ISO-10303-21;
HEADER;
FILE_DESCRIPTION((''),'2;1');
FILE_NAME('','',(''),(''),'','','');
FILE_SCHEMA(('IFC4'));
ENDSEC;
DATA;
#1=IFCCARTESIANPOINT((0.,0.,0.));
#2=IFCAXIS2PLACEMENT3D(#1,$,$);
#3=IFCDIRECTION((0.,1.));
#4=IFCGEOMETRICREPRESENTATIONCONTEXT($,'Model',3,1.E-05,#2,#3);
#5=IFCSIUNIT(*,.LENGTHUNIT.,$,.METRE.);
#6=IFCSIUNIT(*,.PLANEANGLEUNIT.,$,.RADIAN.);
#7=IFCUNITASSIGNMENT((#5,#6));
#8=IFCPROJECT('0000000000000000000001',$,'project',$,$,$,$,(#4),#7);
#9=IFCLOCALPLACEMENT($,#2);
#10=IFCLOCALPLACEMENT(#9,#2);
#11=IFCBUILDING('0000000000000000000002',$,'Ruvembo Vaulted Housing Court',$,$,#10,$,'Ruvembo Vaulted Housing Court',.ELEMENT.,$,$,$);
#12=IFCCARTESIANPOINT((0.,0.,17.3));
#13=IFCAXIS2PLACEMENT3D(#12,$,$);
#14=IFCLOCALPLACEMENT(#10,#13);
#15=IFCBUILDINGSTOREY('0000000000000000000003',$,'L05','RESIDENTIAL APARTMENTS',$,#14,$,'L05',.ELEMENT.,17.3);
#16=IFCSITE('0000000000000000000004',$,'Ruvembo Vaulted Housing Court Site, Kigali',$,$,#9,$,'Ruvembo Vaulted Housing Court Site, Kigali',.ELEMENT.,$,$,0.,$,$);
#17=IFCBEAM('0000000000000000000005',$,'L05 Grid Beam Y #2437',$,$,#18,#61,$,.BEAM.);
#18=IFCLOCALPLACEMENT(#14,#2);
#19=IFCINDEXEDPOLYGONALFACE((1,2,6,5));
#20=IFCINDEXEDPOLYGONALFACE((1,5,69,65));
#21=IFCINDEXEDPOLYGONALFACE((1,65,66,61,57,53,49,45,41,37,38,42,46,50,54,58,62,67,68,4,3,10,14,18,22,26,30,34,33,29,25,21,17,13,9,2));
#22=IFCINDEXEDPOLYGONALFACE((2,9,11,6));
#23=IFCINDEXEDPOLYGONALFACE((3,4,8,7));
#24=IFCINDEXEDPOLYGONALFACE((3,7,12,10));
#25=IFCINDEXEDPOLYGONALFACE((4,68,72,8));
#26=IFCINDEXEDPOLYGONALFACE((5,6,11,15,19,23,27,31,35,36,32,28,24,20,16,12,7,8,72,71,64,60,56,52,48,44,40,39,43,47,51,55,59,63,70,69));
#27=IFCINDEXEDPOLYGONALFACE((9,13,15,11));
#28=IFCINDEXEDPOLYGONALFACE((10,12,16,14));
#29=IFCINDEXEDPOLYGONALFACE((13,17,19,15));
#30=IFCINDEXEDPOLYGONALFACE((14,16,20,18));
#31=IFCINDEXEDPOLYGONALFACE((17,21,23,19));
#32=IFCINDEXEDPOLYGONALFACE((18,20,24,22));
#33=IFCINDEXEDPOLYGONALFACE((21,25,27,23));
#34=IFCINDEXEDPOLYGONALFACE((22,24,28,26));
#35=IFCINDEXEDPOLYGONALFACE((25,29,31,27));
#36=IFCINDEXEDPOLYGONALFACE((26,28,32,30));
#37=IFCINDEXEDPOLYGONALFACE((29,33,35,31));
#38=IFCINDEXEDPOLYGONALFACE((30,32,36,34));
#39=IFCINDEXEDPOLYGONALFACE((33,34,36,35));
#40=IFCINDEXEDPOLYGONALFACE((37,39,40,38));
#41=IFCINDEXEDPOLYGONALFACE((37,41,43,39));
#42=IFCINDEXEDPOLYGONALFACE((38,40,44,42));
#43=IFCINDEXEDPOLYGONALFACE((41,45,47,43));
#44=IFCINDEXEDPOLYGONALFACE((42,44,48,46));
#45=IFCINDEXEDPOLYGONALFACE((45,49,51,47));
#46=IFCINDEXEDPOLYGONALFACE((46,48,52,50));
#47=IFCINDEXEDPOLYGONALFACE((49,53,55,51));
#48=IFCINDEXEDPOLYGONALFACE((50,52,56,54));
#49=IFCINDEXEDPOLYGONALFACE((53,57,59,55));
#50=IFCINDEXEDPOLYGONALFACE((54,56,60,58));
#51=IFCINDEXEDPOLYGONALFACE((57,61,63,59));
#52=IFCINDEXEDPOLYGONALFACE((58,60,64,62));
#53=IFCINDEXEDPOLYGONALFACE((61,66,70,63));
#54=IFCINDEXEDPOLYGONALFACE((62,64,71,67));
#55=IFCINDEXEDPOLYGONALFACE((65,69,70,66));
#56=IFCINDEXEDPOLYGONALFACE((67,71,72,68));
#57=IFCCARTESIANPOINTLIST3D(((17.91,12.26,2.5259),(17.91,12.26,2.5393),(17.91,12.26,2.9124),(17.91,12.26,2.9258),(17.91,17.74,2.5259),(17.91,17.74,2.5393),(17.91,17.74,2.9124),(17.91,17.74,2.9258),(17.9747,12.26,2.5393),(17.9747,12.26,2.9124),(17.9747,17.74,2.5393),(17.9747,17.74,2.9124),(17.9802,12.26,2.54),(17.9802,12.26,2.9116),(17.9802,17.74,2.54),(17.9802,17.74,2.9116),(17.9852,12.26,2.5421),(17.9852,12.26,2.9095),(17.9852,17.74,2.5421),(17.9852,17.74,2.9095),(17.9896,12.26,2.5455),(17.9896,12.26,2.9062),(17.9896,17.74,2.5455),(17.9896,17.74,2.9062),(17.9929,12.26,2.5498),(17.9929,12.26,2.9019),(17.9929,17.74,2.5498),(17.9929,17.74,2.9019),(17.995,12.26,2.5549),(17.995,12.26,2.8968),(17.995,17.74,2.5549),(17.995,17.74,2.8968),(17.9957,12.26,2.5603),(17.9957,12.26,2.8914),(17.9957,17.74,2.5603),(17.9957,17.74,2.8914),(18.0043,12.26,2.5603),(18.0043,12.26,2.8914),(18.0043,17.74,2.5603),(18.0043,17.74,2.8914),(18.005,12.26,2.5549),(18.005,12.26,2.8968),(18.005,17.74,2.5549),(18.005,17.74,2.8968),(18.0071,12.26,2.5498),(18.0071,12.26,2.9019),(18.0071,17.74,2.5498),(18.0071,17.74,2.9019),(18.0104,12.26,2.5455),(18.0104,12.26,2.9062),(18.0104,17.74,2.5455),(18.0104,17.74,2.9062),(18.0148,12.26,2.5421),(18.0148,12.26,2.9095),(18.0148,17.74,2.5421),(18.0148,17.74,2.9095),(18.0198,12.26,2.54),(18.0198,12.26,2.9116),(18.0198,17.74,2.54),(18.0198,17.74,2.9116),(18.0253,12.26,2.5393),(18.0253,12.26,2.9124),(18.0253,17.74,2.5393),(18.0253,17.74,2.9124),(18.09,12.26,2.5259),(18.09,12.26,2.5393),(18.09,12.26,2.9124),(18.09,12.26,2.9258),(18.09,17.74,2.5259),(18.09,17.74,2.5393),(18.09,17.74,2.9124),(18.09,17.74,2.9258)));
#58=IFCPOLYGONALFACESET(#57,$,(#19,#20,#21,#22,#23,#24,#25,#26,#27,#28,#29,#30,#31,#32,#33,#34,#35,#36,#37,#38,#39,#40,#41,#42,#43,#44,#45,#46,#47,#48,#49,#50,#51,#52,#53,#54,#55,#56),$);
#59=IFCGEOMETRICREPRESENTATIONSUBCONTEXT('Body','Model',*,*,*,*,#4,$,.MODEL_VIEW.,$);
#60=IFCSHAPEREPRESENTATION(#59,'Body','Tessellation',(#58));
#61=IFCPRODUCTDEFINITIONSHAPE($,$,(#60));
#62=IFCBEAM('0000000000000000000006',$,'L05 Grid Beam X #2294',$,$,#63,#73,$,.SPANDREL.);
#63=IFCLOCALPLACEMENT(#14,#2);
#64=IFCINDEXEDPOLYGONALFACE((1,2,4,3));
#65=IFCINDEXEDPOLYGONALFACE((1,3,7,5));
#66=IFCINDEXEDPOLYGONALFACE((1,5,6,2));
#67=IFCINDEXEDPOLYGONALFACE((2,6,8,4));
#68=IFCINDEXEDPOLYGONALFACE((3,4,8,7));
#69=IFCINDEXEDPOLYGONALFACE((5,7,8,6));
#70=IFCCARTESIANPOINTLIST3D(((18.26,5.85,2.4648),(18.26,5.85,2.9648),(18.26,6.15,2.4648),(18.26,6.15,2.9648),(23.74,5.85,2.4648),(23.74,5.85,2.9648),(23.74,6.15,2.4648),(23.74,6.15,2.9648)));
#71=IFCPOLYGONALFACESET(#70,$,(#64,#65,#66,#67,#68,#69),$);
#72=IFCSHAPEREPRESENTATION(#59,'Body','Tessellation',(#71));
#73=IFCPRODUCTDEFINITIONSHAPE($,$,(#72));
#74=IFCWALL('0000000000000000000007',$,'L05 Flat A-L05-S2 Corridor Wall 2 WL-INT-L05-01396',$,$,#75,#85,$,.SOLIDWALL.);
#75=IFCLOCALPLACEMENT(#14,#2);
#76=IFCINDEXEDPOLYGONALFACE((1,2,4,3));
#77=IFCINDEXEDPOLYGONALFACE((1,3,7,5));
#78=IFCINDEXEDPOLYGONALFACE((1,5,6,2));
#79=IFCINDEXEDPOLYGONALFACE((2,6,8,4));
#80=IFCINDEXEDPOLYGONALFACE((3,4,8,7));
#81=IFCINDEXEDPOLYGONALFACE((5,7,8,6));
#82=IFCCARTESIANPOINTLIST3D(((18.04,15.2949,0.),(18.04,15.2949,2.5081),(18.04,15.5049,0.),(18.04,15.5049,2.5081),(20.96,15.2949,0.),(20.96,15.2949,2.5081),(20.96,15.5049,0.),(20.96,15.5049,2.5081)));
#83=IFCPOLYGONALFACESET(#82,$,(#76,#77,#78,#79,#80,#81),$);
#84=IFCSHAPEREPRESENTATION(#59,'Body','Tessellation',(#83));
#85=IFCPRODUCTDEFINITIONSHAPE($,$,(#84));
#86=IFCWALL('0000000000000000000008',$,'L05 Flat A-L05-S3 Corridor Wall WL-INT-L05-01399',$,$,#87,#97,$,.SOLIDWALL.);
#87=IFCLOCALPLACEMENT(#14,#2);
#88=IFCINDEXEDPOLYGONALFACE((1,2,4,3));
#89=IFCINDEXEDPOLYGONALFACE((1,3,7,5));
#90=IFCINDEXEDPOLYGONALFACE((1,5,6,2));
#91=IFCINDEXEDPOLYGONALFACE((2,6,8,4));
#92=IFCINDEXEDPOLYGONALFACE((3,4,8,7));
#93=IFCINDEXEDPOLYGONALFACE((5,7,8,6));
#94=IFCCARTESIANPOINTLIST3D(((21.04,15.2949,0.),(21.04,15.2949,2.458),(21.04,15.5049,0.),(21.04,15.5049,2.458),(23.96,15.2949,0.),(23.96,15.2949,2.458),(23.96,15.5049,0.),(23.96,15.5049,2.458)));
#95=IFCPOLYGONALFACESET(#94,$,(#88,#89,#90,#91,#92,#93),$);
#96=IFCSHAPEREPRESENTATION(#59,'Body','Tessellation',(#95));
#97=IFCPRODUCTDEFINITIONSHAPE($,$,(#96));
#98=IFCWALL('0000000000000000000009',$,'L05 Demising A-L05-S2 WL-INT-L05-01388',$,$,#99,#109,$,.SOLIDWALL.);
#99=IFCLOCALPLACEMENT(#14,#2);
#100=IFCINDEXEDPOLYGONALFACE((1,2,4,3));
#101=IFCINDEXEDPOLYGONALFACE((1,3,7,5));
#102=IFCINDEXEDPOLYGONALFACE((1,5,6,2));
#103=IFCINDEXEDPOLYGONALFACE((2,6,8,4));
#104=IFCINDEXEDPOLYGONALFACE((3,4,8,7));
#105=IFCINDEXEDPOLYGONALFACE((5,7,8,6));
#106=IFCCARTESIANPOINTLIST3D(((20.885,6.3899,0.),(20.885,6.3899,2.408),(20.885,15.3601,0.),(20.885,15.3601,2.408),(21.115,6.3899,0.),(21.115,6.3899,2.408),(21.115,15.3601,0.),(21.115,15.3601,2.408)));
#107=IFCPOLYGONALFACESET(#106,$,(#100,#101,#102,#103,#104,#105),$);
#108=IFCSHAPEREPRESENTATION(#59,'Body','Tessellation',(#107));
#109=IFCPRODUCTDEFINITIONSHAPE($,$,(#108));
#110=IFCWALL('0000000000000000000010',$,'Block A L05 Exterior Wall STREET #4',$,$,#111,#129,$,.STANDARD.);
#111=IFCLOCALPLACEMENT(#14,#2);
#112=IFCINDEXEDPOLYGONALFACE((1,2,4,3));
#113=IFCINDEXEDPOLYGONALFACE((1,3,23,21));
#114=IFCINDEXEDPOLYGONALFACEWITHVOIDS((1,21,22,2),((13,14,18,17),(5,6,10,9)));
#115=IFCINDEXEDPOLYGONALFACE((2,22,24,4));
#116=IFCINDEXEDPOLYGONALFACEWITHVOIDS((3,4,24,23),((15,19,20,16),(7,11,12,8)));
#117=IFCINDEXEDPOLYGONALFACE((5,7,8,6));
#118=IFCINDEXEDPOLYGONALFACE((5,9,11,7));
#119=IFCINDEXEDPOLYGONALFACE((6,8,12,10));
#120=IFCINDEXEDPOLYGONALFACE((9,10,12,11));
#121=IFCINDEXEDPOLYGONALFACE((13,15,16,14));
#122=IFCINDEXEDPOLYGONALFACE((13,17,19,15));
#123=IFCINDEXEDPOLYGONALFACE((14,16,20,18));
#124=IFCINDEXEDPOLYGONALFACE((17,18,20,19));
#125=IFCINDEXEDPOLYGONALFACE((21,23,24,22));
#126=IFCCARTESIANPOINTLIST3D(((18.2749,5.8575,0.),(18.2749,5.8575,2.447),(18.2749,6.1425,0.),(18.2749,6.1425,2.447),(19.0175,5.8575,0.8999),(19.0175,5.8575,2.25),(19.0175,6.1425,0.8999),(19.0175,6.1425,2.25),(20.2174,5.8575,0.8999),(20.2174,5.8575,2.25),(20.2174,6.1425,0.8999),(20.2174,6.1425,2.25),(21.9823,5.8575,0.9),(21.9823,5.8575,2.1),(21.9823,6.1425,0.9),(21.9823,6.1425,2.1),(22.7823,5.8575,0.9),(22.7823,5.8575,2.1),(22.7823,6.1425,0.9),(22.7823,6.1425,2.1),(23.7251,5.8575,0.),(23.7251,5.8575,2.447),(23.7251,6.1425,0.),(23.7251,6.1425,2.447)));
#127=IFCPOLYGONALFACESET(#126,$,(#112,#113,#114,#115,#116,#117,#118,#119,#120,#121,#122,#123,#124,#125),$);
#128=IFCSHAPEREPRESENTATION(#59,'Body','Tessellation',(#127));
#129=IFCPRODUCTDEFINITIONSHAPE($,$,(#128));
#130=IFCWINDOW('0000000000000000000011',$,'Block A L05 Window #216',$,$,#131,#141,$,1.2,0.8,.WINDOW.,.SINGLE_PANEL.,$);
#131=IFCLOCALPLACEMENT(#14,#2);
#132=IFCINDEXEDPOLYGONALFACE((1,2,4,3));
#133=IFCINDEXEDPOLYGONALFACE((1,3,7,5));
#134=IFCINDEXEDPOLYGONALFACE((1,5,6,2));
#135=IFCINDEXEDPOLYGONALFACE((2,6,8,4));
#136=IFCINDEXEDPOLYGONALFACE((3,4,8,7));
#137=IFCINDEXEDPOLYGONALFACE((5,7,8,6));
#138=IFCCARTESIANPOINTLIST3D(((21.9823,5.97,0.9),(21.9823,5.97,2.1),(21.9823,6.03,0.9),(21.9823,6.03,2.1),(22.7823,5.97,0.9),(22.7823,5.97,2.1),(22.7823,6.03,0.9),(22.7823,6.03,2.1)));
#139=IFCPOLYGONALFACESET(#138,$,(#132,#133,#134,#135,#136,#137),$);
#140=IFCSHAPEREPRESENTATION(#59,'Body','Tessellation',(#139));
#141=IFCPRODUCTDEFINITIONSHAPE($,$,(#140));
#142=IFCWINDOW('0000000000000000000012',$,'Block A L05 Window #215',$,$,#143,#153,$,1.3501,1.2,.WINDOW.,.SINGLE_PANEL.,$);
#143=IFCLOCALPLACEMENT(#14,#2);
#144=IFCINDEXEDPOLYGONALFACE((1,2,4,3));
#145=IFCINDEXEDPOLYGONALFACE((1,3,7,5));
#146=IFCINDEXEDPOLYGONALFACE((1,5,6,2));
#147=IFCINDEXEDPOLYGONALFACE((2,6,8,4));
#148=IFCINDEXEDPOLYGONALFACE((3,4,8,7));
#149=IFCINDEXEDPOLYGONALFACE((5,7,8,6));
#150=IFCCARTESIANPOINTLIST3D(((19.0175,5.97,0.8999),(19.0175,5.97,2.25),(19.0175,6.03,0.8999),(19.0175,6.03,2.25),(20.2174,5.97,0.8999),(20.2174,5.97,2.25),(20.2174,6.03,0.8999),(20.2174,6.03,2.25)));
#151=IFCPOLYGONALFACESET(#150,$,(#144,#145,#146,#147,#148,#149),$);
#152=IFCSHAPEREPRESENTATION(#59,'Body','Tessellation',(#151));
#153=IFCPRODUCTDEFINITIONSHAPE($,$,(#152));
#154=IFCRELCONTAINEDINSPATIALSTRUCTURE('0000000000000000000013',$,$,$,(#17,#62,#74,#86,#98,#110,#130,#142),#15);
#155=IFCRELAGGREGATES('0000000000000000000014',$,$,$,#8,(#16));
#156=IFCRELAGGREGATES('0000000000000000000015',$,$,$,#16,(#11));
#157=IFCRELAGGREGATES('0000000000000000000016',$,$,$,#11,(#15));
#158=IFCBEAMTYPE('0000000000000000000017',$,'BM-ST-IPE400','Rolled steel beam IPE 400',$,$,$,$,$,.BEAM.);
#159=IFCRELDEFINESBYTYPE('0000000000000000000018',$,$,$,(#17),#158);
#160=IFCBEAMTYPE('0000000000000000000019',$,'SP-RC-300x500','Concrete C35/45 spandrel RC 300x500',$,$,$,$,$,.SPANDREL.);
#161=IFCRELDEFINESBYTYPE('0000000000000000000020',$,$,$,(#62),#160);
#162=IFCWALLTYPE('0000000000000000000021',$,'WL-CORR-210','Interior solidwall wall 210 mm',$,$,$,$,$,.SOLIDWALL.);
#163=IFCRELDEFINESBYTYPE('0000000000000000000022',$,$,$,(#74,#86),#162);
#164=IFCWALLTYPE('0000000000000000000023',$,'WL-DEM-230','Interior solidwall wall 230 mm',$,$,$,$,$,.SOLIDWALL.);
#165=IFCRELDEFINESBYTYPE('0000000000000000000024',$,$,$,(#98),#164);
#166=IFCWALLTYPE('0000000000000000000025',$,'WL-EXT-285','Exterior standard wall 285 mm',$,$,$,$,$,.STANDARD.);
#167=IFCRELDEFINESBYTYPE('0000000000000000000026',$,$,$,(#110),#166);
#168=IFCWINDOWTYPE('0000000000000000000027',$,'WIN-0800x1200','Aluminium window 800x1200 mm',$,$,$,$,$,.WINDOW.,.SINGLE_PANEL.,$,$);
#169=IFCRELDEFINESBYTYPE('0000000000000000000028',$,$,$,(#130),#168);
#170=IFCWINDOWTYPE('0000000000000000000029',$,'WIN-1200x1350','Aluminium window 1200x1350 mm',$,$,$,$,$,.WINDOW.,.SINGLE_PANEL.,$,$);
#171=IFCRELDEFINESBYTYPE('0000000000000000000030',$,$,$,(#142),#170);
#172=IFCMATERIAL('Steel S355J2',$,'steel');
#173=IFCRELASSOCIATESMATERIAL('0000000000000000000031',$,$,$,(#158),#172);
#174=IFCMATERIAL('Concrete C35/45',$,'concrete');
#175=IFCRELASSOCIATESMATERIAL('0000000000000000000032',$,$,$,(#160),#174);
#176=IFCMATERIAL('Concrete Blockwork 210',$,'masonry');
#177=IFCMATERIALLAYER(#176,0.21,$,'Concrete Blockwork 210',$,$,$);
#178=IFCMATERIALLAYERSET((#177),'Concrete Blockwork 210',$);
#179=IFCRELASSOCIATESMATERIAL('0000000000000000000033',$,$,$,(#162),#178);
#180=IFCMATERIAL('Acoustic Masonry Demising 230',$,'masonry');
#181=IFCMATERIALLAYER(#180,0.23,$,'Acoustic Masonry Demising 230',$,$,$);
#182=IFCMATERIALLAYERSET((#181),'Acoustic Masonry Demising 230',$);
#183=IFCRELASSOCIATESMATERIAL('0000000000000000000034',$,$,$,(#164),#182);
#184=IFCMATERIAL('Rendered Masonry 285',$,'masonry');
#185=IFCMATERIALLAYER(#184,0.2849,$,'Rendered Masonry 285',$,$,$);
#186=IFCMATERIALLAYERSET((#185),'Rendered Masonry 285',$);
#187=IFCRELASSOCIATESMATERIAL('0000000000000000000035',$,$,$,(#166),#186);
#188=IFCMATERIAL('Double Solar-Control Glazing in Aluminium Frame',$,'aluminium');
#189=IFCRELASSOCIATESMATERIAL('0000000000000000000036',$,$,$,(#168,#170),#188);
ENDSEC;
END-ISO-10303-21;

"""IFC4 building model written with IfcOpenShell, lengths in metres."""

from ifc_helpers import new_model, si_unit, direction, frame, frame_2d, origin, origin_2d, place, context, subcontext, project, spatial, rectangle, i_section, extrude, material, layer, layer_set, material_profile, profile_set, type_object, element, fill, save


model = new_model("IFC4")

# Units and contexts
model_context = context("Model", 3, precision=1e-05, world=origin(), true_north=direction((0.0, 1.0)))
body_context = subcontext(model_context, "Body", "Model", "MODEL_VIEW")
ifc_project = project(units=[si_unit("LENGTHUNIT", "METRE"), si_unit("PLANEANGLEUNIT", "RADIAN")], contexts=[model_context])

# Site, building, storey
site_placement = place(None, origin())
site = spatial("IfcSite", under=ifc_project, at=site_placement, Name="Ruvembo Vaulted Housing Court Site, Kigali", LongName="Ruvembo Vaulted Housing Court Site, Kigali", CompositionType="ELEMENT", RefElevation=0.0)
building_placement = place(site_placement, origin())
building = spatial("IfcBuilding", under=site, at=building_placement, Name="Ruvembo Vaulted Housing Court", LongName="Ruvembo Vaulted Housing Court", CompositionType="ELEMENT")
storey_placement = place(building_placement, frame((0.0, 0.0, 17.3)))
storey = spatial("IfcBuildingStorey", under=building, at=storey_placement, Name="L05", Description="RESIDENTIAL APARTMENTS", LongName="L05", CompositionType="ELEMENT", Elevation=17.3)

# Shared definitions
ifc_material_1 = material(Name="Concrete C35/45", Category="concrete")

# Beams
ifc_material_2 = material(Name="Steel S355J2", Category="steel")
ifc_material_profile_1 = material_profile(ifc_material_2, i_section(OverallWidth=0.1799, OverallDepth=0.3999, WebThickness=0.0085, FlangeThickness=0.0134, FilletRadius=0.021, at=origin_2d()), Name="IPE 400")
ifc_profile_set_1 = profile_set([ifc_material_profile_1], Name="Steel S355J2")
beam_type_1 = type_object("IfcBeamType", Name="BM-ST-IPE400", Description="Rolled steel beam IPE 400", PredefinedType="BEAM", material=ifc_profile_set_1)
beam_1_placement = place(storey_placement, frame((18.0, 12.26, 2.7258), z_axis=(0.0, 1.0, 0.0), x_axis=(-1.0, 0.0, 0.0)))
element("IfcBeam", 1, at=beam_1_placement, inside=storey, type_object=beam_type_1, Name="L05 Grid Beam Y #2437", PredefinedType="BEAM", context=body_context, shape_type="SweptSolid", body=[
    extrude(i_section(OverallWidth=0.1799, OverallDepth=0.3999, WebThickness=0.0085, FlangeThickness=0.0134, FilletRadius=0.021, at=origin_2d()), origin(), (0.0, 0.0, 1.0), 5.48),
])
ifc_material_profile_2 = material_profile(ifc_material_1, rectangle(XDim=0.3, YDim=0.5, at=origin_2d()), Name="RC 300x500")
ifc_profile_set_2 = profile_set([ifc_material_profile_2], Name="Concrete C35/45")
beam_type_2 = type_object("IfcBeamType", Name="SP-RC-300x500", Description="Concrete C35/45 spandrel RC 300x500", PredefinedType="SPANDREL", material=ifc_profile_set_2)
beam_2_placement = place(storey_placement, frame((18.26, 6.0, 2.7148), z_axis=(1.0, 0.0, 0.0), x_axis=(0.0, 1.0, 0.0)))
element("IfcBeam", 2, at=beam_2_placement, inside=storey, type_object=beam_type_2, Name="L05 Grid Beam X #2294", PredefinedType="SPANDREL", context=body_context, shape_type="SweptSolid", body=[
    extrude(rectangle(XDim=0.3, YDim=0.5, at=origin_2d()), origin(), (0.0, 0.0, 1.0), 5.48),
])

# Shared definitions
ifc_material_3 = material(Name="Concrete Blockwork 210", Category="masonry")
ifc_layer_1 = layer(ifc_material_3, 0.21, Name="Concrete Blockwork 210")
ifc_layer_set_1 = layer_set([ifc_layer_1], Name="Concrete Blockwork 210")
wall_type_1 = type_object("IfcWallType", Name="WL-CORR-210", Description="Interior solidwall wall 210 mm", PredefinedType="SOLIDWALL", material=ifc_layer_set_1)

# Walls
wall_1_placement = place(storey_placement, frame((18.04, 15.3999, 0.0), z_axis=(0.0, 0.0, 1.0), x_axis=(1.0, 0.0, 0.0)))
element("IfcWall", 3, at=wall_1_placement, inside=storey, type_object=wall_type_1, Name="L05 Flat A-L05-S2 Corridor Wall 2 WL-INT-L05-01396", PredefinedType="SOLIDWALL", context=body_context, shape_type="SweptSolid", body=[
    extrude(rectangle(XDim=2.9199, YDim=0.21, at=frame_2d((1.46, 0.0))), origin(), (0.0, 0.0, 1.0), 2.5081),
])
wall_2_placement = place(storey_placement, frame((21.04, 15.3999, 0.0), z_axis=(0.0, 0.0, 1.0), x_axis=(1.0, 0.0, 0.0)))
element("IfcWall", 4, at=wall_2_placement, inside=storey, type_object=wall_type_1, Name="L05 Flat A-L05-S3 Corridor Wall WL-INT-L05-01399", PredefinedType="SOLIDWALL", context=body_context, shape_type="SweptSolid", body=[
    extrude(rectangle(XDim=2.9199, YDim=0.21, at=frame_2d((1.46, 0.0))), origin(), (0.0, 0.0, 1.0), 2.458),
])
ifc_material_4 = material(Name="Acoustic Masonry Demising 230", Category="masonry")
ifc_layer_2 = layer(ifc_material_4, 0.23, Name="Acoustic Masonry Demising 230")
ifc_layer_set_2 = layer_set([ifc_layer_2], Name="Acoustic Masonry Demising 230")
wall_type_2 = type_object("IfcWallType", Name="WL-DEM-230", Description="Interior solidwall wall 230 mm", PredefinedType="SOLIDWALL", material=ifc_layer_set_2)
wall_3_placement = place(storey_placement, frame((21.0, 6.3899, 0.0), z_axis=(0.0, 0.0, 1.0), x_axis=(0.0, 1.0, 0.0)))
element("IfcWall", 5, at=wall_3_placement, inside=storey, type_object=wall_type_2, Name="L05 Demising A-L05-S2 WL-INT-L05-01388", PredefinedType="SOLIDWALL", context=body_context, shape_type="SweptSolid", body=[
    extrude(rectangle(XDim=8.9702, YDim=0.23, at=frame_2d((4.4851, 0.0))), origin(), (0.0, 0.0, 1.0), 2.408),
])

# Wall, openings, windows
ifc_material_5 = material(Name="Rendered Masonry 285", Category="masonry")
ifc_layer_3 = layer(ifc_material_5, 0.2849, Name="Rendered Masonry 285")
ifc_layer_set_3 = layer_set([ifc_layer_3], Name="Rendered Masonry 285")
wall_type_3 = type_object("IfcWallType", Name="WL-EXT-285", Description="Exterior standard wall 285 mm", PredefinedType="STANDARD", material=ifc_layer_set_3)
wall_4_placement = place(storey_placement, frame((18.2749, 6.0, 0.0), z_axis=(0.0, 0.0, 1.0), x_axis=(1.0, 0.0, 0.0)))
wall_4 = element("IfcWall", 6, at=wall_4_placement, inside=storey, type_object=wall_type_3, Name="Block A L05 Exterior Wall STREET #4", PredefinedType="STANDARD", context=body_context, shape_type="SweptSolid", body=[
    extrude(rectangle(XDim=5.4502, YDim=0.2849, at=frame_2d((2.7251, 0.0))), origin(), (0.0, 0.0, 1.0), 2.447),
])
opening_1_placement = place(wall_4_placement, frame((0.7424, 0.0, 0.8999)))
opening_1 = element("IfcOpeningElement", 7, at=opening_1_placement, cuts=wall_4, PredefinedType="OPENING", context=body_context, shape_type="SweptSolid", body=[
    extrude(rectangle(XDim=1.2, YDim=1.3501, at=frame_2d((0.6001, 0.675))), frame((0.0, 0.1523, 0.0), z_axis=(0.0, -1.0, 0.0), x_axis=(1.0, 0.0, 0.0)), (0.0, 0.0, 1.0), 0.3049),
])
opening_2_placement = place(wall_4_placement, frame((3.7075, 0.0, 0.8999)))
opening_2 = element("IfcOpeningElement", 8, at=opening_2_placement, cuts=wall_4, PredefinedType="OPENING", context=body_context, shape_type="SweptSolid", body=[
    extrude(rectangle(XDim=0.8, YDim=1.2, at=frame_2d((0.3999, 0.6001))), frame((0.0, 0.1523, 0.0), z_axis=(0.0, -1.0, 0.0), x_axis=(1.0, 0.0, 0.0)), (0.0, 0.0, 1.0), 0.3049),
])
ifc_material_6 = material(Name="Double Solar-Control Glazing in Aluminium Frame", Category="aluminium")
window_type_1 = type_object("IfcWindowType", Name="WIN-0800x1200", Description="Aluminium window 800x1200 mm", PartitioningType="SINGLE_PANEL", PredefinedType="WINDOW", material=ifc_material_6)
window_1_placement = place(opening_2_placement, origin())
window_1 = element("IfcWindow", 9, at=window_1_placement, inside=storey, type_object=window_type_1, Name="Block A L05 Window #216", OverallHeight=1.2, OverallWidth=0.8, PartitioningType="SINGLE_PANEL", PredefinedType="WINDOW", context=body_context, shape_type="SweptSolid", body=[
    extrude(rectangle(XDim=0.8, YDim=1.2, at=frame_2d((0.3999, 0.6001))), frame((0.0, 0.03, 0.0), z_axis=(0.0, -1.0, 0.0), x_axis=(1.0, 0.0, 0.0)), (0.0, 0.0, 1.0), 0.0601),
])
fill(opening_2, window_1)
window_type_2 = type_object("IfcWindowType", Name="WIN-1200x1350", Description="Aluminium window 1200x1350 mm", PartitioningType="SINGLE_PANEL", PredefinedType="WINDOW", material=ifc_material_6)
window_2_placement = place(opening_1_placement, origin())
window_2 = element("IfcWindow", 10, at=window_2_placement, inside=storey, type_object=window_type_2, Name="Block A L05 Window #215", OverallHeight=1.3501, OverallWidth=1.2, PartitioningType="SINGLE_PANEL", PredefinedType="WINDOW", context=body_context, shape_type="SweptSolid", body=[
    extrude(rectangle(XDim=1.2, YDim=1.3501, at=frame_2d((0.6001, 0.675))), frame((0.0, 0.03, 0.0), z_axis=(0.0, -1.0, 0.0), x_axis=(1.0, 0.0, 0.0)), (0.0, 0.0, 1.0), 0.0601),
])
fill(opening_1, window_2)

save(model, "model.ifc")
